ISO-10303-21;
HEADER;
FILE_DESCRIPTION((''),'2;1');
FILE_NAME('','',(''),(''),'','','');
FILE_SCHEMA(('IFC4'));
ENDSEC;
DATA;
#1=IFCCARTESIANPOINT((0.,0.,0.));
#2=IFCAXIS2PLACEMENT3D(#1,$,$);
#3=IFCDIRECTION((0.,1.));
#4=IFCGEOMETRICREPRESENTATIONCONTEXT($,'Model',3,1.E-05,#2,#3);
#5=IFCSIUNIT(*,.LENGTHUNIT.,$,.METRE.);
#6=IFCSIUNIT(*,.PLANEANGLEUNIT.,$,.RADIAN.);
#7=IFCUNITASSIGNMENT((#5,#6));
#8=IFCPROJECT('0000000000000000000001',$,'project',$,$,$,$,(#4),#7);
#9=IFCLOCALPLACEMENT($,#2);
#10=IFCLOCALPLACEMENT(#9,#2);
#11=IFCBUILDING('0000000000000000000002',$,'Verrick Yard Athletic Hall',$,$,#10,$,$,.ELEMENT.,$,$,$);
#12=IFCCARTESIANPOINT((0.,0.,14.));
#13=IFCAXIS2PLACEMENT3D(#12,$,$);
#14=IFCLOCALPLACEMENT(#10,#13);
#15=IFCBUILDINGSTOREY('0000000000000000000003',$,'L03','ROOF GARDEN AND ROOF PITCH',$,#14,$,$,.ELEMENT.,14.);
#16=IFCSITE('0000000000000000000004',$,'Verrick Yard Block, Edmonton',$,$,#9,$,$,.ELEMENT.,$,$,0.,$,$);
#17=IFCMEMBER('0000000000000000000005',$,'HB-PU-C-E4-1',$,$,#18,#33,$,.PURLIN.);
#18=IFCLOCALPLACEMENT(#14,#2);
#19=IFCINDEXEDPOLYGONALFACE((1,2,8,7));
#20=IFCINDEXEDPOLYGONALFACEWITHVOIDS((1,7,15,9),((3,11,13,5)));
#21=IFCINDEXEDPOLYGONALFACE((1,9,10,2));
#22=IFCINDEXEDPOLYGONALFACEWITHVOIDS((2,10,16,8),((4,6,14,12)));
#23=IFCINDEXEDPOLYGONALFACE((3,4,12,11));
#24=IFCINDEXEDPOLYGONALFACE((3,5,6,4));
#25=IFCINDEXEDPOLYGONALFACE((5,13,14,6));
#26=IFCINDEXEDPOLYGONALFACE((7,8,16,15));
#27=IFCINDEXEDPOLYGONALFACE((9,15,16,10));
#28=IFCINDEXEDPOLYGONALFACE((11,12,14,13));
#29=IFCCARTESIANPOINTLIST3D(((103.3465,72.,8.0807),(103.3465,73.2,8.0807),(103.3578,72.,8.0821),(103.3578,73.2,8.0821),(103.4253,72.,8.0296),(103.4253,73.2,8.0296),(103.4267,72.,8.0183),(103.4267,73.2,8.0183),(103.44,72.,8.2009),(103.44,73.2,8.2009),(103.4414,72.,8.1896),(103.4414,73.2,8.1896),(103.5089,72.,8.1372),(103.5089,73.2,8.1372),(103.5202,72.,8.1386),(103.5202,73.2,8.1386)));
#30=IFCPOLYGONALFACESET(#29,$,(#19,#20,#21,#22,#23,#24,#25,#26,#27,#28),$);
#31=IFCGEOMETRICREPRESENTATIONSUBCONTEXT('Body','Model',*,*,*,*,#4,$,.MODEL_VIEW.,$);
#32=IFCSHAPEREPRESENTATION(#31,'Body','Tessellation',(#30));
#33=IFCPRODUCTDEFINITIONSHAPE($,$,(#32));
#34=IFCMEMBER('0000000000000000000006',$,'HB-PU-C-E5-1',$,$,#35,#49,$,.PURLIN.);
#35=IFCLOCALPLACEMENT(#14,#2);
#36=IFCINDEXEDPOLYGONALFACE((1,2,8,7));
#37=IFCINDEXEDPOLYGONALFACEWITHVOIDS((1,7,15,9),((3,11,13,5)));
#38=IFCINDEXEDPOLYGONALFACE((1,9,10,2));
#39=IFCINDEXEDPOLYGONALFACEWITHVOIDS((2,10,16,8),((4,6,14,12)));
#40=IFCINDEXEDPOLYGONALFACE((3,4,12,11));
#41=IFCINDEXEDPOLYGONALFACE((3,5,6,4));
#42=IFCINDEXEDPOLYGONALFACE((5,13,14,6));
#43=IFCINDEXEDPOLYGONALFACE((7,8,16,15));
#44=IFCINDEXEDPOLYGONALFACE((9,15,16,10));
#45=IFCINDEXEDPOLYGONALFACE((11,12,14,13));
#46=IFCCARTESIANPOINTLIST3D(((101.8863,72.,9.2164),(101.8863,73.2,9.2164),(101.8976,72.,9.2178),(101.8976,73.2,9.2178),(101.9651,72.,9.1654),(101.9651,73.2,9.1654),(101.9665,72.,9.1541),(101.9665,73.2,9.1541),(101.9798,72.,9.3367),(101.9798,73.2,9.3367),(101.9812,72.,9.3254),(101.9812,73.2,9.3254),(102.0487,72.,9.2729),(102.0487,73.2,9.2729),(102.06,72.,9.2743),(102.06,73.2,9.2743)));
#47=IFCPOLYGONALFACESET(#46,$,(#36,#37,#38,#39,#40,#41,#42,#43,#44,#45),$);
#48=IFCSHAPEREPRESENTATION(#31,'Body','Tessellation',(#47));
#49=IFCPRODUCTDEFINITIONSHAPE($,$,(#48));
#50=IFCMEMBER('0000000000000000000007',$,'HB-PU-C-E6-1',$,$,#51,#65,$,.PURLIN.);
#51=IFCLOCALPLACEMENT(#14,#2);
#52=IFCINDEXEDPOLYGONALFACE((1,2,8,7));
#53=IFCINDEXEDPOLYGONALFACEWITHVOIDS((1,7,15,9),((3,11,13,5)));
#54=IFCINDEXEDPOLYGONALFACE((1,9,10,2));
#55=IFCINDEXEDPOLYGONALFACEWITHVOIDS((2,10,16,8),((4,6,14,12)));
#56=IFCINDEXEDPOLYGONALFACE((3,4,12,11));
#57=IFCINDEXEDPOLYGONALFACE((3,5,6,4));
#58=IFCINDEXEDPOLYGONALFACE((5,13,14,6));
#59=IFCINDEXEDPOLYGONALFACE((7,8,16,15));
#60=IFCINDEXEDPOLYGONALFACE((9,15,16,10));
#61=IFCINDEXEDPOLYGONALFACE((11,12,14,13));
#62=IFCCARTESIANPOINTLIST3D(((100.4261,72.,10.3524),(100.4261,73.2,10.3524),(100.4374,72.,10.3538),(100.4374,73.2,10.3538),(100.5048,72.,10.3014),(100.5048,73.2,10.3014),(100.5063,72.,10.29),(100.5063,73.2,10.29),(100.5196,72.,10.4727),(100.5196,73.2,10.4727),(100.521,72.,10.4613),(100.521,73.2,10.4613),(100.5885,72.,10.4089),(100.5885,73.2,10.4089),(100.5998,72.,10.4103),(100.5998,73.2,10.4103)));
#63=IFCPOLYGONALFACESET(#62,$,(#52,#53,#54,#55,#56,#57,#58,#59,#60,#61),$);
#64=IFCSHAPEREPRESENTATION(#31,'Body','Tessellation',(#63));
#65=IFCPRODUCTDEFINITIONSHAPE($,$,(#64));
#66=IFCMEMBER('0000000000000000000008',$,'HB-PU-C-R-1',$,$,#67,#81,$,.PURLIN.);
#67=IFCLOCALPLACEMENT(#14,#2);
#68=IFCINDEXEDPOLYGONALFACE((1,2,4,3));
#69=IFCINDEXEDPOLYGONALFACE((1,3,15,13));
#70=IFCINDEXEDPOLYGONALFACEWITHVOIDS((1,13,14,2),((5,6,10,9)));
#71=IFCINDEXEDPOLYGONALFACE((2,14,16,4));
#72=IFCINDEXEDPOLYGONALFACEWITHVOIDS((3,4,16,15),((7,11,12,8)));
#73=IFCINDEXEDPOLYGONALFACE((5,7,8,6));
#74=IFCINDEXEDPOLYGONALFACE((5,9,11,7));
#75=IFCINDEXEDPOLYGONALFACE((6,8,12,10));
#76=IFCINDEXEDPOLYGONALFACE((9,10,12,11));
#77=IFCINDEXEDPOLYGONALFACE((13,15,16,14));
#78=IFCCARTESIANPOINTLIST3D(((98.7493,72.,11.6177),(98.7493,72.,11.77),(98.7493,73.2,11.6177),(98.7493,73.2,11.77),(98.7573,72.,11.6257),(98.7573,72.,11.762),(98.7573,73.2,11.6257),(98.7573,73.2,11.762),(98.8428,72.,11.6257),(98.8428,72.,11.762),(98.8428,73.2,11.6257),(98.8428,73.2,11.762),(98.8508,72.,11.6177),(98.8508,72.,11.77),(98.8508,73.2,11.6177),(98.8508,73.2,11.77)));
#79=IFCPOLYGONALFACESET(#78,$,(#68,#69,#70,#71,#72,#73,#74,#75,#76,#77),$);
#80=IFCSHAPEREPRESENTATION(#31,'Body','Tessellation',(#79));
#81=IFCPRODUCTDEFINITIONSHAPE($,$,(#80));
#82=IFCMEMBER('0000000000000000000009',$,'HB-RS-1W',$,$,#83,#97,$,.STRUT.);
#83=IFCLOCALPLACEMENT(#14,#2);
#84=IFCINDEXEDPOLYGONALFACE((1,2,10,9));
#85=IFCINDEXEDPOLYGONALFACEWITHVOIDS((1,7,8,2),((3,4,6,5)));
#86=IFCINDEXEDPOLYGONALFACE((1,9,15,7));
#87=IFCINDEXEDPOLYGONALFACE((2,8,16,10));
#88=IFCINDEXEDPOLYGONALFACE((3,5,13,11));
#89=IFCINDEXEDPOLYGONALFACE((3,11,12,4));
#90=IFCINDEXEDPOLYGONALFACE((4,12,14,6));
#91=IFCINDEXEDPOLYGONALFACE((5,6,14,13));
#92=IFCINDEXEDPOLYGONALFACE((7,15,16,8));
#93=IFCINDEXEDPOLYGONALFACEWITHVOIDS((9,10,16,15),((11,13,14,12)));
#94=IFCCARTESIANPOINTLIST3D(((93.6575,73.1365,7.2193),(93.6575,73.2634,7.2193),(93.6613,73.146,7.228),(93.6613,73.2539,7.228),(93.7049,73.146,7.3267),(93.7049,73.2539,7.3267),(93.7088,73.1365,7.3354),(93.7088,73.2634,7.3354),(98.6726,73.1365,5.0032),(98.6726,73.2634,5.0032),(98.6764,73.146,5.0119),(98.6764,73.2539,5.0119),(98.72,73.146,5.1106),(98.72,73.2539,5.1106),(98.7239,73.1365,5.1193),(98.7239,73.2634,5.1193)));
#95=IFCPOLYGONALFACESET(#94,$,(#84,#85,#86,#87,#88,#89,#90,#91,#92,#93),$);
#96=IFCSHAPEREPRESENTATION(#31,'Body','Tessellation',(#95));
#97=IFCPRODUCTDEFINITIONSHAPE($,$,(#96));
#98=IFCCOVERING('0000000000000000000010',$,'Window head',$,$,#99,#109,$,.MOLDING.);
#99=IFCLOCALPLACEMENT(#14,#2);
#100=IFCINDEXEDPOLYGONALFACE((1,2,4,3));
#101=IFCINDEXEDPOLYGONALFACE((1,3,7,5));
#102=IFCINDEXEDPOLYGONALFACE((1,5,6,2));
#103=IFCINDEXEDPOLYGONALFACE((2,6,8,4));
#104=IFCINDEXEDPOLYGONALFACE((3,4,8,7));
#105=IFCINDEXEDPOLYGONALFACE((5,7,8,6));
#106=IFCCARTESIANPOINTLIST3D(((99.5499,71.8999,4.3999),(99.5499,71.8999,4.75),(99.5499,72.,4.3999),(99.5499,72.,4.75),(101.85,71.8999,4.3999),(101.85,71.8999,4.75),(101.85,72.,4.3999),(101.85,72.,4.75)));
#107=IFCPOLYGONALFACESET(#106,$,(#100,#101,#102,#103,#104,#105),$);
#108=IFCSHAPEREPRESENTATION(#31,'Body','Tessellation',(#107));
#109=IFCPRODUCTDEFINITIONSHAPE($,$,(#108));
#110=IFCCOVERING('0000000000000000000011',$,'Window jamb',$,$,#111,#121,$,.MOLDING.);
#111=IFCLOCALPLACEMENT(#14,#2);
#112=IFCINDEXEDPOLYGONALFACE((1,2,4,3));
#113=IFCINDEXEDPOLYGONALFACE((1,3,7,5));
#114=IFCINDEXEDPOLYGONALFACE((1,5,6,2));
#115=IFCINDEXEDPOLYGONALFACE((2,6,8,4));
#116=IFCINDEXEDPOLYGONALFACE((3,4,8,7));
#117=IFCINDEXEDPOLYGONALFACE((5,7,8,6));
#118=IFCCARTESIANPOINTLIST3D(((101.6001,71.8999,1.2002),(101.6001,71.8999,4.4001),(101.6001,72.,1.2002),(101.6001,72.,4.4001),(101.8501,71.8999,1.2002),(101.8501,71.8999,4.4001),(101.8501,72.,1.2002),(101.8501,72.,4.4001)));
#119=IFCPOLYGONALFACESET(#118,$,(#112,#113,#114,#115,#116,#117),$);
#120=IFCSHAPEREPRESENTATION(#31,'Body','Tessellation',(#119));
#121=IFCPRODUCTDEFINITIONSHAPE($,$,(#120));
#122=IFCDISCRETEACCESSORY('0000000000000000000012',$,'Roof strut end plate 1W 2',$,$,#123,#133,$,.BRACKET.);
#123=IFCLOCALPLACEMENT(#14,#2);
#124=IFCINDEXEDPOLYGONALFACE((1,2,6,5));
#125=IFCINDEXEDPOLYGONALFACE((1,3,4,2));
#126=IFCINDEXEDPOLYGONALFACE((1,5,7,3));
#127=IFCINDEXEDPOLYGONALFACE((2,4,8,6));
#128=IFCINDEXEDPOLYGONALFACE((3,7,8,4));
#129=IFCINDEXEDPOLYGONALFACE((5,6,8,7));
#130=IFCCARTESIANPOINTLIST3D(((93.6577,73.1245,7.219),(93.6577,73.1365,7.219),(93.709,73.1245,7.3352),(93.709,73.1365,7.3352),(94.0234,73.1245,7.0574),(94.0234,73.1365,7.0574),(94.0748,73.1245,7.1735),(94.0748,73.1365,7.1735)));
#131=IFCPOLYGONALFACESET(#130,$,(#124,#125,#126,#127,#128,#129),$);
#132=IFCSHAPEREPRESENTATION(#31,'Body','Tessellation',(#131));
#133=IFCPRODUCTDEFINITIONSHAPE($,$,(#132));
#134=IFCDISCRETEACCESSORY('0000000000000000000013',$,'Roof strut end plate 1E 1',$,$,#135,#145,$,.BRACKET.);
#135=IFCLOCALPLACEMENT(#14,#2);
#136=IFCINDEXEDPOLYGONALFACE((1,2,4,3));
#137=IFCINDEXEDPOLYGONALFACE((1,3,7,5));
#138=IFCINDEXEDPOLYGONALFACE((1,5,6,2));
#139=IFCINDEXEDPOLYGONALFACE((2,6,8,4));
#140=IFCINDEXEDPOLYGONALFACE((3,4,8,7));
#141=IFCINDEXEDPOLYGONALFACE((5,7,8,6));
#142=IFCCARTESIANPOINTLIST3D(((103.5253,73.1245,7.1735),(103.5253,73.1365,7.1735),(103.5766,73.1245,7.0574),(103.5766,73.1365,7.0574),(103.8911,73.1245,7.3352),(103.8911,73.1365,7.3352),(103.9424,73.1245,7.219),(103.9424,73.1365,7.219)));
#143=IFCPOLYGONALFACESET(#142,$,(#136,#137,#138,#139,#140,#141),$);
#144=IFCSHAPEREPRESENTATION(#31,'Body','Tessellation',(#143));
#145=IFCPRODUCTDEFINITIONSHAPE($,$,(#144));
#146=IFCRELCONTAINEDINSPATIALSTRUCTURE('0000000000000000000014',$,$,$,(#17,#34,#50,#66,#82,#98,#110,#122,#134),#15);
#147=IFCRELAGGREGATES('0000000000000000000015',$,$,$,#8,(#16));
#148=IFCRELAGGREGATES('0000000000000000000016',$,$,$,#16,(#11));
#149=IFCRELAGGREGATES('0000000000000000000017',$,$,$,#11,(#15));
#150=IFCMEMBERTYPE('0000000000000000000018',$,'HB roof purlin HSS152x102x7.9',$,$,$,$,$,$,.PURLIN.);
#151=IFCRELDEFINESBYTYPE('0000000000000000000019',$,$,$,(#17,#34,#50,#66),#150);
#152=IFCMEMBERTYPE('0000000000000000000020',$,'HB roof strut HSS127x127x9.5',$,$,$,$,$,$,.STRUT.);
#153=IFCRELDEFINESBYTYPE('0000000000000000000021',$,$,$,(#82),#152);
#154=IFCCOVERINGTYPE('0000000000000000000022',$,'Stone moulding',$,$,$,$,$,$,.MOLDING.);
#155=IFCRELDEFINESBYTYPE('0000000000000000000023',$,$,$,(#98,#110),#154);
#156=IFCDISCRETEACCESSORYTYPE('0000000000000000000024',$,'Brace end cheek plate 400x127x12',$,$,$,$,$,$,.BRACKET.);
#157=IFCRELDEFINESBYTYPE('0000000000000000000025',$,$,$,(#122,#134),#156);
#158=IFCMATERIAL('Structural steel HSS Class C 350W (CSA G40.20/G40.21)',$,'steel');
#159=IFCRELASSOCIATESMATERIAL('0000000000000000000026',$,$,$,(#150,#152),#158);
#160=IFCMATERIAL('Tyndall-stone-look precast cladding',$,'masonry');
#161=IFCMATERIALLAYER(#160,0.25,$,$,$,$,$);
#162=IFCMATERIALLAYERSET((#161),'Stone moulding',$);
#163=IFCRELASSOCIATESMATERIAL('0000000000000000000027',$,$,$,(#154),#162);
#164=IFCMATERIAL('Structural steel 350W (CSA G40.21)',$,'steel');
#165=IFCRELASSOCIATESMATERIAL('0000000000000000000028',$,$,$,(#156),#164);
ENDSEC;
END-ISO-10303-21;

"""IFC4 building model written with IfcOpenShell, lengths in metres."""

from ifc_helpers import new_model, si_unit, direction, frame, origin, origin_2d, place, context, subcontext, project, spatial, rectangle, hollow_rectangle, extrude, material, layer, layer_set, material_profile, profile_set, type_object, element, save


model = new_model("IFC4")

# Units and contexts
model_context = context("Model", 3, precision=1e-05, world=origin(), true_north=direction((0.0, 1.0)))
body_context = subcontext(model_context, "Body", "Model", "MODEL_VIEW")
ifc_project = project(units=[si_unit("LENGTHUNIT", "METRE"), si_unit("PLANEANGLEUNIT", "RADIAN")], contexts=[model_context])

# Site, building, storey
site_placement = place(None, origin())
site = spatial("IfcSite", under=ifc_project, at=site_placement, Name="Verrick Yard Block, Edmonton", CompositionType="ELEMENT", RefElevation=0.0)
building_placement = place(site_placement, origin())
building = spatial("IfcBuilding", under=site, at=building_placement, Name="Verrick Yard Athletic Hall", CompositionType="ELEMENT")
storey_placement = place(building_placement, frame((0.0, 0.0, 14.0)))
storey = spatial("IfcBuildingStorey", under=building, at=storey_placement, Name="L03", Description="ROOF GARDEN AND ROOF PITCH", CompositionType="ELEMENT", Elevation=14.0)

# Members
ifc_material_1 = material(Name="Structural steel HSS Class C 350W (CSA G40.20/G40.21)", Category="steel")
ifc_material_profile_1 = material_profile(ifc_material_1, hollow_rectangle(XDim=0.1016, YDim=0.1523, WallThickness=0.0081, at=origin_2d()), Name="HSS152x102x7.9")
ifc_profile_set_1 = profile_set([ifc_material_profile_1], Name="Structural steel HSS Class C 350W (CSA G40.20/G40.21)")
member_type_1 = type_object("IfcMemberType", Name="HB roof purlin HSS152x102x7.9", PredefinedType="PURLIN", material=ifc_profile_set_1)
for number, where, z_axis, x_axis, name in (
    (1, (103.4333, 72.0, 8.1096), (0.0, 1.0, 0.0), (-0.789352, 0.0, 0.613941), "HB-PU-C-E4-1"),
    (2, (101.9731, 72.0, 9.2454), (0.0, 1.0, 0.0), (-0.789352, 0.0, 0.613941), "HB-PU-C-E5-1"),
    (3, (100.5129, 72.0, 10.3813), (0.0, 1.0, 0.0), (-0.789352, 0.0, 0.613941), "HB-PU-C-E6-1"),
    (4, (98.8, 72.0, 11.6938), (0.0, 1.0, 0.0), (-1.0, 0.0, 0.0), "HB-PU-C-R-1"),
):
    element("IfcMember", number, at=place(storey_placement, frame(where, z_axis=z_axis, x_axis=x_axis)), inside=storey, type_object=member_type_1, Name=name, PredefinedType="PURLIN", context=body_context, shape_type="SweptSolid", body=[
        extrude(hollow_rectangle(XDim=0.1016, YDim=0.1523, WallThickness=0.0081, at=origin_2d()), origin(), (0.0, 0.0, 1.0), 1.2),
    ])
ifc_material_profile_2 = material_profile(ifc_material_1, hollow_rectangle(XDim=0.127, YDim=0.127, WallThickness=0.0095, at=origin_2d()), Name="HSS127x127x9.5")
ifc_profile_set_2 = profile_set([ifc_material_profile_2], Name="Structural steel HSS Class C 350W (CSA G40.20/G40.21)")
member_type_2 = type_object("IfcMemberType", Name="HB roof strut HSS127x127x9.5", PredefinedType="STRUT", material=ifc_profile_set_2)
member_1_placement = place(storey_placement, frame((98.6982, 73.2, 5.0613), z_axis=(-0.914682, 0.0, 0.404175), x_axis=(0.0, -1.0, 0.0)))
element("IfcMember", 5, at=member_1_placement, inside=storey, type_object=member_type_2, Name="HB-RS-1W", PredefinedType="STRUT", context=body_context, shape_type="SweptSolid", body=[
    extrude(hollow_rectangle(XDim=0.127, YDim=0.127, WallThickness=0.0095, at=origin_2d()), origin(), (0.0, 0.0, 1.0), 5.4829),
])

# Coverings
ifc_material_2 = material(Name="Tyndall-stone-look precast cladding", Category="masonry")
ifc_layer = layer(ifc_material_2, 0.25)
ifc_layer_set = layer_set([ifc_layer], Name="Stone moulding")
covering_type = type_object("IfcCoveringType", Name="Stone moulding", PredefinedType="MOLDING", material=ifc_layer_set)
covering_1_placement = place(storey_placement, frame((100.7, 71.95, 4.3999), z_axis=(0.0, 0.0, 1.0), x_axis=(1.0, 0.0, 0.0)))
element("IfcCovering", 6, at=covering_1_placement, inside=storey, type_object=covering_type, Name="Window head", PredefinedType="MOLDING", context=body_context, shape_type="SweptSolid", body=[
    extrude(rectangle(XDim=2.3, YDim=0.1001, at=origin_2d()), origin(), (0.0, 0.0, 1.0), 0.3501),
])
covering_2_placement = place(storey_placement, frame((101.7251, 71.95, 1.2002), z_axis=(0.0, 0.0, 1.0), x_axis=(1.0, 0.0, 0.0)))
element("IfcCovering", 7, at=covering_2_placement, inside=storey, type_object=covering_type, Name="Window jamb", PredefinedType="MOLDING", context=body_context, shape_type="SweptSolid", body=[
    extrude(rectangle(XDim=0.25, YDim=0.1001, at=origin_2d()), origin(), (0.0, 0.0, 1.0), 3.2),
])

# Discrete accessories
ifc_material_3 = material(Name="Structural steel 350W (CSA G40.21)", Category="steel")
ifc_material_profile_3 = material_profile(ifc_material_3, rectangle(XDim=0.3999, YDim=0.127, at=origin_2d()), Name="Brace end cheek plate")
ifc_profile_set_3 = profile_set([ifc_material_profile_3], Name="Structural steel 350W (CSA G40.21)")
discrete_accessory_type = type_object("IfcDiscreteAccessoryType", Name="Brace end cheek plate 400x127x12", PredefinedType="BRACKET", material=ifc_profile_set_3)
for number, where, z_axis, x_axis, name in (
    (8, (93.8662, 73.1365, 7.1963), (0.0, -1.0, 0.0), (0.914688, 0.0, -0.40416), "Roof strut end plate 1W 2"),
    (9, (103.7339, 73.1365, 7.1963), (0.0, -1.0, 0.0), (-0.914688, 0.0, -0.40416), "Roof strut end plate 1E 1"),
):
    element("IfcDiscreteAccessory", number, at=place(storey_placement, frame(where, z_axis=z_axis, x_axis=x_axis)), inside=storey, type_object=discrete_accessory_type, Name=name, PredefinedType="BRACKET", context=body_context, shape_type="SweptSolid", body=[
        extrude(rectangle(XDim=0.3999, YDim=0.127, at=origin_2d()), origin(), (0.0, 0.0, 1.0), 0.012),
    ])

save(model, "model.ifc")
